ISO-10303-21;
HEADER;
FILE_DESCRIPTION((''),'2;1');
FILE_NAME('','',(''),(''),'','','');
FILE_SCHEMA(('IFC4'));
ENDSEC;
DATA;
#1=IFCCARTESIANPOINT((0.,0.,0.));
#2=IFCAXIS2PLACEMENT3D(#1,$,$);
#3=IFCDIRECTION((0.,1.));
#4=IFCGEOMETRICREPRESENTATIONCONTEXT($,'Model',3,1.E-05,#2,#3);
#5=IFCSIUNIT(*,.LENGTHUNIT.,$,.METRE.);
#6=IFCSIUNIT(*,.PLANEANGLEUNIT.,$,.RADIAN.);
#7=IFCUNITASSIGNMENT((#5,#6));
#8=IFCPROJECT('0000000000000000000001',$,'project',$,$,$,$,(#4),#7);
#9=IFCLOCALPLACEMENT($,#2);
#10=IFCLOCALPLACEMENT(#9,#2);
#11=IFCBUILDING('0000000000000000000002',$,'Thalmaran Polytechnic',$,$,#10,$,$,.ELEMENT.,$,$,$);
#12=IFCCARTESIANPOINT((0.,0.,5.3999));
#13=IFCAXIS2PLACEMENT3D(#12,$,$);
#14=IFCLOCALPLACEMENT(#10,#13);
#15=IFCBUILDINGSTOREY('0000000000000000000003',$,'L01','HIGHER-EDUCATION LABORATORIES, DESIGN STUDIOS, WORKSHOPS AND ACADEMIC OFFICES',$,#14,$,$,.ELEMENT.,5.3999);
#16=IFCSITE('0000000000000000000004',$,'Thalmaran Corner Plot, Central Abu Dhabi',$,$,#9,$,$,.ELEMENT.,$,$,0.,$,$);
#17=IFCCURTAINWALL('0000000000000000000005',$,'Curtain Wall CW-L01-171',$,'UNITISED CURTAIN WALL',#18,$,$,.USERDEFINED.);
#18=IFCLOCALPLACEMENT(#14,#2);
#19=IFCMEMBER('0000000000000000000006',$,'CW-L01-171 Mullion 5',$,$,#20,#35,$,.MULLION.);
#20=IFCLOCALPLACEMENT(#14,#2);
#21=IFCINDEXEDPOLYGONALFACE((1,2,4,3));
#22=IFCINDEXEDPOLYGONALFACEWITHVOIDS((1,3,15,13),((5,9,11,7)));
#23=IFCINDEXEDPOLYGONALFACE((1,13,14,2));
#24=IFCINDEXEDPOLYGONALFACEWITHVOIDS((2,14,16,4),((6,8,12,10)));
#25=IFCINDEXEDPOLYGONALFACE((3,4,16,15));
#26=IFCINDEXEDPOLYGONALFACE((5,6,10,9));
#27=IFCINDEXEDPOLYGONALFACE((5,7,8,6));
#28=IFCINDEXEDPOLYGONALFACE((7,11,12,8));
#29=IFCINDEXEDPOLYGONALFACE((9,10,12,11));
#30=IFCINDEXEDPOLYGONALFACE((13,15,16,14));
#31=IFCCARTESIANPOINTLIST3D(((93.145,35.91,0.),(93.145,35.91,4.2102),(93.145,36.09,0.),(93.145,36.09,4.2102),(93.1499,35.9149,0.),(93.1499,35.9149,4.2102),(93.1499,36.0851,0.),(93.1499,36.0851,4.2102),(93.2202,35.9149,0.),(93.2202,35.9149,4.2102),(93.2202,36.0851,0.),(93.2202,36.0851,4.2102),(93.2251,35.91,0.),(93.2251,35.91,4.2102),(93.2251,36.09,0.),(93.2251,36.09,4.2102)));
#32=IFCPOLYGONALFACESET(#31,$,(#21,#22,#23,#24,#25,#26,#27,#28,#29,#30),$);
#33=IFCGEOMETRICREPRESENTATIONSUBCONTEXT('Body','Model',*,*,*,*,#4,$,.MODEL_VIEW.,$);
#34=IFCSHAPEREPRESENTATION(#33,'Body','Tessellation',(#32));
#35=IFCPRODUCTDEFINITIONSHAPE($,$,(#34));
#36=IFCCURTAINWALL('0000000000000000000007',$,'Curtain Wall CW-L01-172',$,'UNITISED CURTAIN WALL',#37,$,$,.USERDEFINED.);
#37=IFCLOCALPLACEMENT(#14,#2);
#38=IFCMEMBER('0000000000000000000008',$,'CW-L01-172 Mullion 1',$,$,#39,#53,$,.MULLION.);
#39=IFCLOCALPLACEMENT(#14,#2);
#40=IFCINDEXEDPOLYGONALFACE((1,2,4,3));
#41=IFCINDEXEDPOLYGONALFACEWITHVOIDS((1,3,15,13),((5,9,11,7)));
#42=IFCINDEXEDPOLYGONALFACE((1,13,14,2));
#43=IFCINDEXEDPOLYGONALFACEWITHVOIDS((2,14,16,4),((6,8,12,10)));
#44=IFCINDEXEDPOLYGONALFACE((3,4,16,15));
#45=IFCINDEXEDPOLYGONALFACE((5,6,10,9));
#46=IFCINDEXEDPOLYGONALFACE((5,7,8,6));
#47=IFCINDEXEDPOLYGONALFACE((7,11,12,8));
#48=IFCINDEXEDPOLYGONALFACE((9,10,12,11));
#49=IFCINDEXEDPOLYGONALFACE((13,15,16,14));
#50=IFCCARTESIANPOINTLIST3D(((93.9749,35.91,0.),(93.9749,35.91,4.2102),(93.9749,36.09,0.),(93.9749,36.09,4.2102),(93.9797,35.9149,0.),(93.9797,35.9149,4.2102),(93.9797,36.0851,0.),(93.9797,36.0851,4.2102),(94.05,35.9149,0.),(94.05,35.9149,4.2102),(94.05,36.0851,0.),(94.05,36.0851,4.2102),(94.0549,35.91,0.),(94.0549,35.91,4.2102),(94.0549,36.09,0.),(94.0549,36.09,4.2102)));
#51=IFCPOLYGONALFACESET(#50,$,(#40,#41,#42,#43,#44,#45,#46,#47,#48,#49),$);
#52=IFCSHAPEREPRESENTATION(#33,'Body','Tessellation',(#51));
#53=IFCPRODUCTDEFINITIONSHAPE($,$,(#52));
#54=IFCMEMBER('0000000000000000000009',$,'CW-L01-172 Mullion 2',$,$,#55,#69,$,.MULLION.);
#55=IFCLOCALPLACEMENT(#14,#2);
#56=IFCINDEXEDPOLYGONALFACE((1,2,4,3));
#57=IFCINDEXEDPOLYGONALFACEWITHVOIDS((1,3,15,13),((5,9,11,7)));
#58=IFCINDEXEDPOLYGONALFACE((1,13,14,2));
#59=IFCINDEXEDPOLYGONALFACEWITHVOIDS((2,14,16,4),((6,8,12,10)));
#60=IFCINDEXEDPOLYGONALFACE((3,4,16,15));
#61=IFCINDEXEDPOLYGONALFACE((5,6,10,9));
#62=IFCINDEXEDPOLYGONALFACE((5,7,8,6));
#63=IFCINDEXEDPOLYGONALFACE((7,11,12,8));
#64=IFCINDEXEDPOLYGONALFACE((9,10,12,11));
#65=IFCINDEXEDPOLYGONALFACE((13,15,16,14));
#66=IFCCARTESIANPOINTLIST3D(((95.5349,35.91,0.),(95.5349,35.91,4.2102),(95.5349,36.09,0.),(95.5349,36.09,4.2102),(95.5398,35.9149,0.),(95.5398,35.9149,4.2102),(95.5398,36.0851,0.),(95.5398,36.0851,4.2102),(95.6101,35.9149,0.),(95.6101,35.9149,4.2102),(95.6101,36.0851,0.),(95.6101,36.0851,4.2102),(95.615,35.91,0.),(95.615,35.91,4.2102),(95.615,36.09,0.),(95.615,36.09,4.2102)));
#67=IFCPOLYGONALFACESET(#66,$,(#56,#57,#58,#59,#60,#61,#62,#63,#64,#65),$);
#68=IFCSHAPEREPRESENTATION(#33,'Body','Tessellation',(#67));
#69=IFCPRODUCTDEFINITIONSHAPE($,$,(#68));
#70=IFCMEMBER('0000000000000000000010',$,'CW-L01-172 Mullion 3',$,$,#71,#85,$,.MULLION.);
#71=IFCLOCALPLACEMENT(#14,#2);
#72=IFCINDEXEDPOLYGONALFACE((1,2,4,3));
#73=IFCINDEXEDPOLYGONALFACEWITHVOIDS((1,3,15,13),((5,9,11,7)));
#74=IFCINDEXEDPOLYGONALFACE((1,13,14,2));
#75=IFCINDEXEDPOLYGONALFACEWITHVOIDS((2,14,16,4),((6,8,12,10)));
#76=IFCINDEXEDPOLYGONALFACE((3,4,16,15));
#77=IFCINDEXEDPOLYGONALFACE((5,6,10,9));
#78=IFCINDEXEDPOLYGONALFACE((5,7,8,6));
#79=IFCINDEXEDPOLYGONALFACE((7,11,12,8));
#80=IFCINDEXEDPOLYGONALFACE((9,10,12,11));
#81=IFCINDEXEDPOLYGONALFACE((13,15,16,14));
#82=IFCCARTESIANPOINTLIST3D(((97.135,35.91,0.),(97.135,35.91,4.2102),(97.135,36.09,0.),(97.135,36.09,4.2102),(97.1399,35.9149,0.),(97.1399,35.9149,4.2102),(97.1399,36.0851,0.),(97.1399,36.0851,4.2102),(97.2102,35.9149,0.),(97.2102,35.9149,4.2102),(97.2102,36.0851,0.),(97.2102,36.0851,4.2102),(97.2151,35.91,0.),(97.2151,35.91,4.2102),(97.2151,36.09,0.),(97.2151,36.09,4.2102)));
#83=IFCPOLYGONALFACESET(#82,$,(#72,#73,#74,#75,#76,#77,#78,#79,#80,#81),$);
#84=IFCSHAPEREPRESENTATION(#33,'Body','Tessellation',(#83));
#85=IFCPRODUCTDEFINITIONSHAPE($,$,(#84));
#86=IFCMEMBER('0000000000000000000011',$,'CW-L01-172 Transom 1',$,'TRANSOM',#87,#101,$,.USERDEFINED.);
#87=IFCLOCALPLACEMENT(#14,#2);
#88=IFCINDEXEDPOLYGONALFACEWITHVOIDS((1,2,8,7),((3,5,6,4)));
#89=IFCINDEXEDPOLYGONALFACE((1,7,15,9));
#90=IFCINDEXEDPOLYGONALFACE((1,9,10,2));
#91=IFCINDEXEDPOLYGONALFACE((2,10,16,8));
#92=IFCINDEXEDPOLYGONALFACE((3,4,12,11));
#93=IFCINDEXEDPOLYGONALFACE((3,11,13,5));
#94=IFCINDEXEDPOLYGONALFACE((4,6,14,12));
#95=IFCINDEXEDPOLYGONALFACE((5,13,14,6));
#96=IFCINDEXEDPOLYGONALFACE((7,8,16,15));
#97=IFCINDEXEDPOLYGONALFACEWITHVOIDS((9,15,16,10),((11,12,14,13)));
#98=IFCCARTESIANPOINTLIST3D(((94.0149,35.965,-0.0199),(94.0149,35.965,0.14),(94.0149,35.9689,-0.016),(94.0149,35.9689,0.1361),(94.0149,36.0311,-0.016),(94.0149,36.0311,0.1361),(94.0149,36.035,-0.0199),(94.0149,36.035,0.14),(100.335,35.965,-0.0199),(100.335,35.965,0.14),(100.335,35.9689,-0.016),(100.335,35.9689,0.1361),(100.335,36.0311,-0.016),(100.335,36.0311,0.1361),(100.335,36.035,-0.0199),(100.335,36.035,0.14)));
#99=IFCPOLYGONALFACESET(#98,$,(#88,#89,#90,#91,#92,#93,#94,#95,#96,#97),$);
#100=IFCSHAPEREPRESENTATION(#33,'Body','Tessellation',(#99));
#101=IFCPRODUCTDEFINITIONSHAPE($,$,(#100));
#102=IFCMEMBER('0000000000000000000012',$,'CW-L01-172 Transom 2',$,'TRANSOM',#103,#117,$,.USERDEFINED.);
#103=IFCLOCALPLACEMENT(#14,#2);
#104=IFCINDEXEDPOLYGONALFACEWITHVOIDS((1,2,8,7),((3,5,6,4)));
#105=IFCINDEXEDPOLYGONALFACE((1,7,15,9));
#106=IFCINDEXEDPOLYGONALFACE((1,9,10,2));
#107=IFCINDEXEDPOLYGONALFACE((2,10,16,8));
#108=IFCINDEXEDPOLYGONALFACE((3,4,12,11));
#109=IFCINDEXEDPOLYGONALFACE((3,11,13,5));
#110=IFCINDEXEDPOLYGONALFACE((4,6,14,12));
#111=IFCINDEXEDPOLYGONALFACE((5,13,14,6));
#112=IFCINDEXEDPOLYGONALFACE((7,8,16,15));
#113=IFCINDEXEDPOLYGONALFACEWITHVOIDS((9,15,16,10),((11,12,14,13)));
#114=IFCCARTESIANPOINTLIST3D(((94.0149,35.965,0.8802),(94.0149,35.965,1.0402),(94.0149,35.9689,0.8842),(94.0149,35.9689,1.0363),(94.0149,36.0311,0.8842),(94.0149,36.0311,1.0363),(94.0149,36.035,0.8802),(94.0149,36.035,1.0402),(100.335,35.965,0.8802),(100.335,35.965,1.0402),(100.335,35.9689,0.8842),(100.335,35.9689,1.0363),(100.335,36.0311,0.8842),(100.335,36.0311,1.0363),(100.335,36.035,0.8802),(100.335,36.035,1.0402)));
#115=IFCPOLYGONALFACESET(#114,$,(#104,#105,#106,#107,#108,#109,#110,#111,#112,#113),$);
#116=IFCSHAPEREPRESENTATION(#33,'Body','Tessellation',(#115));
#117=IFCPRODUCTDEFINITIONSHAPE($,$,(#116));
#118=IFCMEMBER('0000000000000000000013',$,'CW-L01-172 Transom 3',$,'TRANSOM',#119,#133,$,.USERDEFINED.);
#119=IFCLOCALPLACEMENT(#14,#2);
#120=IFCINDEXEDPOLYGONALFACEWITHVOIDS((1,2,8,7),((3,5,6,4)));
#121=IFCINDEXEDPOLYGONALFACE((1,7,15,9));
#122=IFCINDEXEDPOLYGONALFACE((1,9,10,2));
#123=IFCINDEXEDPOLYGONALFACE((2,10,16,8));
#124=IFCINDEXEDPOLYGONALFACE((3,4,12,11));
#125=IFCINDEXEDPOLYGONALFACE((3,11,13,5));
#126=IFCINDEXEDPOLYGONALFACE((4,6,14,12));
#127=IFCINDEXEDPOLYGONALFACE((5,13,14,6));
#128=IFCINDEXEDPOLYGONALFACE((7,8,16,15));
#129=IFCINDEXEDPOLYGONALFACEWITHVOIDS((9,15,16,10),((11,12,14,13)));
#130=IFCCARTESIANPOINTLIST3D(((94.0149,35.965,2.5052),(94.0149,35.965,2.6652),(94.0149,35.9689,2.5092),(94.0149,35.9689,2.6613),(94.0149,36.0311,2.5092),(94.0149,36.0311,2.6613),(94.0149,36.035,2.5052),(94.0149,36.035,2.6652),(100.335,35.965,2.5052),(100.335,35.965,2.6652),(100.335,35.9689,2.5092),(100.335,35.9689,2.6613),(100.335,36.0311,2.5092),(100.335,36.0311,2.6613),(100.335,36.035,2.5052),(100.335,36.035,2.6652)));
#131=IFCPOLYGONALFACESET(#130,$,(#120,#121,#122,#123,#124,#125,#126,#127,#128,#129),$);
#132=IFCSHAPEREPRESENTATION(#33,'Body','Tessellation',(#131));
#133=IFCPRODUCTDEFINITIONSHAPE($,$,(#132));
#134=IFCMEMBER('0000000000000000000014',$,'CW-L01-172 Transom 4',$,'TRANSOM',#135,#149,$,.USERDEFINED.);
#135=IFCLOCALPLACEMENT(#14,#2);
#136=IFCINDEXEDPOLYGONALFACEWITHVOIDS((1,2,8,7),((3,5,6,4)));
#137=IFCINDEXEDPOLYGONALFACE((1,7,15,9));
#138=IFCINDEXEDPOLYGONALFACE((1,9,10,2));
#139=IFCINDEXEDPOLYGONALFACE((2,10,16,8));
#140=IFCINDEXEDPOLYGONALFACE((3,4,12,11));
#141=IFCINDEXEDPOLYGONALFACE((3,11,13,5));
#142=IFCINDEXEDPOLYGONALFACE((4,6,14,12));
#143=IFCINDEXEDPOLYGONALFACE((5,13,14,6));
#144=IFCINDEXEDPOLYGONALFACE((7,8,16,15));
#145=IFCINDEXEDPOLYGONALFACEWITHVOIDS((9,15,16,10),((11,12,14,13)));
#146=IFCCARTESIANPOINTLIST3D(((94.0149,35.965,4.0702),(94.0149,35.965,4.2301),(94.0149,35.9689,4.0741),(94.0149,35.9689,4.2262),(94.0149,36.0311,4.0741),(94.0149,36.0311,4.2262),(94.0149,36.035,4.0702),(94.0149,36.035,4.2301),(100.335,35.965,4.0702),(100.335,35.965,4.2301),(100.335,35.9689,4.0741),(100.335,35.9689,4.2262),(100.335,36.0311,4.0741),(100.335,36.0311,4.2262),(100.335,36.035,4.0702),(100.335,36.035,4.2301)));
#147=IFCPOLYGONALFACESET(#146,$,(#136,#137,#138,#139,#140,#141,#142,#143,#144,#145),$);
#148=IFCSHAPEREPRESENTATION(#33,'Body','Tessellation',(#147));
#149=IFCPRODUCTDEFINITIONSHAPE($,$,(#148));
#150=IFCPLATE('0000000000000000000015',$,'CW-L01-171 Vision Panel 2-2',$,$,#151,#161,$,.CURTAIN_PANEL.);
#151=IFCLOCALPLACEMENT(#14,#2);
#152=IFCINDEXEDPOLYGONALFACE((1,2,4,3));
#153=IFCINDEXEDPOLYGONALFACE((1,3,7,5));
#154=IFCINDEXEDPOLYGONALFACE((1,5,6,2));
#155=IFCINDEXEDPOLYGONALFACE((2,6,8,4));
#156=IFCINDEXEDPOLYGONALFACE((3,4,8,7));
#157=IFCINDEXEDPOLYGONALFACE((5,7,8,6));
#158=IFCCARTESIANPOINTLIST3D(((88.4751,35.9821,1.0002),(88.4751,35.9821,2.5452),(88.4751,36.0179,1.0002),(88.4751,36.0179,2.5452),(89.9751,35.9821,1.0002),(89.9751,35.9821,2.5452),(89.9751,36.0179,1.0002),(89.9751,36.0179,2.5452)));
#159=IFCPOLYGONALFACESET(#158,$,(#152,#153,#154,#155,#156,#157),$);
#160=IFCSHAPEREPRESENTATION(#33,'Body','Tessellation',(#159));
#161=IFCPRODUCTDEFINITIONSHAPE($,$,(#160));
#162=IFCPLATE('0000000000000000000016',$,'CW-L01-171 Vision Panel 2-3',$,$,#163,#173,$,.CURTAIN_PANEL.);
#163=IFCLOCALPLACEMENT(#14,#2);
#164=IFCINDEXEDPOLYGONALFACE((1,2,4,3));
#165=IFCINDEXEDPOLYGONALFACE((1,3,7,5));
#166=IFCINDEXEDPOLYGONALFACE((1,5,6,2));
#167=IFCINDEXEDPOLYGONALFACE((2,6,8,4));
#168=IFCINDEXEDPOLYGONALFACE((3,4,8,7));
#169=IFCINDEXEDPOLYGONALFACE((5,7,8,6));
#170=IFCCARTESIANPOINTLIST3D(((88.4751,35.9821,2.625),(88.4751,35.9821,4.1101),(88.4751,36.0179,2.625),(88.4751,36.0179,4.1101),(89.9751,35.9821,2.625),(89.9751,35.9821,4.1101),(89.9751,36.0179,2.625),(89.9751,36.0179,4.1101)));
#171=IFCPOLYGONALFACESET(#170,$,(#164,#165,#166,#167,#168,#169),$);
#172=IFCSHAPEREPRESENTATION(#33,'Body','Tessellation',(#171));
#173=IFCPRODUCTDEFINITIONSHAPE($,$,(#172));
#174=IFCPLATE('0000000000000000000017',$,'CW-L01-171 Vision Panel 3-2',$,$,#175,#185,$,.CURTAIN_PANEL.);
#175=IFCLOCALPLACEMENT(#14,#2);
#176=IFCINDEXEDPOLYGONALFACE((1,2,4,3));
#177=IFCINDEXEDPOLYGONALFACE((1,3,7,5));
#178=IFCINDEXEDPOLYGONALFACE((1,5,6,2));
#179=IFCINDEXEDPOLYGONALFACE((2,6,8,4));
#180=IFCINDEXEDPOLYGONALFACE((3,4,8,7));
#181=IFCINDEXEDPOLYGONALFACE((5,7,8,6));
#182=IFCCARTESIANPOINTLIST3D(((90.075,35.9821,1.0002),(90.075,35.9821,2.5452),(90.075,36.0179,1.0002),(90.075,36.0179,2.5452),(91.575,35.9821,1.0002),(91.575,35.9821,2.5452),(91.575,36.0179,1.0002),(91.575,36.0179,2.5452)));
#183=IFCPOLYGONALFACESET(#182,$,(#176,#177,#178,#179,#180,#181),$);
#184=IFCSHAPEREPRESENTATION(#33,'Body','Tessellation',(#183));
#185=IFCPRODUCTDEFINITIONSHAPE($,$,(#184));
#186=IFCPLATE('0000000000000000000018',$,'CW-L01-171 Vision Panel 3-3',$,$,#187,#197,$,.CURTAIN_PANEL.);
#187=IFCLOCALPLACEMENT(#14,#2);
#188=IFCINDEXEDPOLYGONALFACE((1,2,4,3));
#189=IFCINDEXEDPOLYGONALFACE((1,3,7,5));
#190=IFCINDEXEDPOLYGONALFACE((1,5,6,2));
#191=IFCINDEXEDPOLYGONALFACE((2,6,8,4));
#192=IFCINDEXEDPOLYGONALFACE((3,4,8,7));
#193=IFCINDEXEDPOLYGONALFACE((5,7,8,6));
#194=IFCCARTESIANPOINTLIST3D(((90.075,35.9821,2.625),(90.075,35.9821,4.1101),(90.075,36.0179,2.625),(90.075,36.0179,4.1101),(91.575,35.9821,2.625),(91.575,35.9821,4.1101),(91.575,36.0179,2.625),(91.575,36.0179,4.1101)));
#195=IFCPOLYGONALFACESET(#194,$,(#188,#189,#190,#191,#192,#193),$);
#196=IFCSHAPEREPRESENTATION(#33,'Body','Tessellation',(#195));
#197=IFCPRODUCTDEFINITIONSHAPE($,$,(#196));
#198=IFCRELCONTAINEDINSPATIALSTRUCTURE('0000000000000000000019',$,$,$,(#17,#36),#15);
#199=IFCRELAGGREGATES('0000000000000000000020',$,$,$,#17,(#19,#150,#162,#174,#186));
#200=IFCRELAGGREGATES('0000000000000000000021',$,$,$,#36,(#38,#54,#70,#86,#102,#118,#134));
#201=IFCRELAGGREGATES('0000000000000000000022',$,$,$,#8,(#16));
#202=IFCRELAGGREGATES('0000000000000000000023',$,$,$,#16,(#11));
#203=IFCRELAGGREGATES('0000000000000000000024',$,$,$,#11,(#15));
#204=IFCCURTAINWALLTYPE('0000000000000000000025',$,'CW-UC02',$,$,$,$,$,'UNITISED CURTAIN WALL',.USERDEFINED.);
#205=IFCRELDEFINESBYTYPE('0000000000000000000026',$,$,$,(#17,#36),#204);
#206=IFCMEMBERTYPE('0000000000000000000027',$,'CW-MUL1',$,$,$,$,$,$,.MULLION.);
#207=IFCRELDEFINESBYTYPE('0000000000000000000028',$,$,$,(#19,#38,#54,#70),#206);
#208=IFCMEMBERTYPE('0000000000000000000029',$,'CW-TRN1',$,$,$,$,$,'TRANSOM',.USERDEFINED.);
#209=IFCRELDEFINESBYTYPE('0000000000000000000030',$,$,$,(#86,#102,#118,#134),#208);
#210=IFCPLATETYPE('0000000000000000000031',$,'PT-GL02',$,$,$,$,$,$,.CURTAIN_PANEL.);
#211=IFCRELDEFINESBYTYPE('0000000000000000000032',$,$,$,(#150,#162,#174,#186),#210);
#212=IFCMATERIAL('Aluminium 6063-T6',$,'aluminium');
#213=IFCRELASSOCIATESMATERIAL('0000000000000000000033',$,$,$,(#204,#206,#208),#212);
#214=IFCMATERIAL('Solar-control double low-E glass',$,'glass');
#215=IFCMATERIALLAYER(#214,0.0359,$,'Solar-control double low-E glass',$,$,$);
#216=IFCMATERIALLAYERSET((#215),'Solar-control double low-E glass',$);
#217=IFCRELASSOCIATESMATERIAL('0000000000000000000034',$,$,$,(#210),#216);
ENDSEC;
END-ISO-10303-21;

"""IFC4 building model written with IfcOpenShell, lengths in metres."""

from ifc_helpers import new_model, si_unit, direction, frame, origin, origin_2d, place, context, subcontext, project, spatial, rectangle, hollow_rectangle, extrude, material, layer, layer_set, material_profile, profile_set, type_object, element, aggregate, save


model = new_model("IFC4")

# Units and contexts
model_context = context("Model", 3, precision=1e-05, world=origin(), true_north=direction((0.0, 1.0)))
body_context = subcontext(model_context, "Body", "Model", "MODEL_VIEW")
ifc_project = project(units=[si_unit("LENGTHUNIT", "METRE"), si_unit("PLANEANGLEUNIT", "RADIAN")], contexts=[model_context])

# Site, building, storey
site_placement = place(None, origin())
site = spatial("IfcSite", under=ifc_project, at=site_placement, Name="Thalmaran Corner Plot, Central Abu Dhabi", CompositionType="ELEMENT", RefElevation=0.0)
building_placement = place(site_placement, origin())
building = spatial("IfcBuilding", under=site, at=building_placement, Name="Thalmaran Polytechnic", CompositionType="ELEMENT")
storey_placement = place(building_placement, frame((0.0, 0.0, 5.3999)))
storey = spatial("IfcBuildingStorey", under=building, at=storey_placement, Name="L01", Description="HIGHER-EDUCATION LABORATORIES, DESIGN STUDIOS, WORKSHOPS AND ACADEMIC OFFICES", CompositionType="ELEMENT", Elevation=5.3999)

# Curtain walls, members
ifc_material_1 = material(Name="Aluminium 6063-T6", Category="aluminium")
curtain_wall_type = type_object("IfcCurtainWallType", Name="CW-UC02", ElementType="UNITISED CURTAIN WALL", PredefinedType="USERDEFINED", material=ifc_material_1)
curtain_wall_1_placement = place(storey_placement, origin())
curtain_wall_1 = element("IfcCurtainWall", 1, at=curtain_wall_1_placement, inside=storey, type_object=curtain_wall_type, Name="Curtain Wall CW-L01-171", ObjectType="UNITISED CURTAIN WALL", PredefinedType="USERDEFINED")
ifc_material_profile_1 = material_profile(ifc_material_1, hollow_rectangle(XDim=0.0801, YDim=0.1799, WallThickness=0.0049, at=origin_2d()), Name="RHS 180x80x5.0")
ifc_profile_set_1 = profile_set([ifc_material_profile_1], Name="Aluminium 6063-T6")
member_type_1 = type_object("IfcMemberType", Name="CW-MUL1", PredefinedType="MULLION", material=ifc_profile_set_1)
member_1_placement = place(storey_placement, frame((93.1851, 36.0, 0.0), z_axis=(0.0, 0.0, 1.0), x_axis=(1.0, 0.0, 0.0)))
member_1 = element("IfcMember", 2, at=member_1_placement, type_object=member_type_1, Name="CW-L01-171 Mullion 5", PredefinedType="MULLION", context=body_context, shape_type="SweptSolid", body=[
    extrude(hollow_rectangle(XDim=0.0801, YDim=0.1799, WallThickness=0.0049, at=origin_2d()), origin(), (0.0, 0.0, 1.0), 4.2102),
])
curtain_wall_2_placement = place(storey_placement, origin())
curtain_wall_2 = element("IfcCurtainWall", 3, at=curtain_wall_2_placement, inside=storey, type_object=curtain_wall_type, Name="Curtain Wall CW-L01-172", ObjectType="UNITISED CURTAIN WALL", PredefinedType="USERDEFINED")
member_2_placement = place(storey_placement, frame((94.0149, 36.0, 0.0), z_axis=(0.0, 0.0, 1.0), x_axis=(1.0, 0.0, 0.0)))
member_2 = element("IfcMember", 4, at=member_2_placement, type_object=member_type_1, Name="CW-L01-172 Mullion 1", PredefinedType="MULLION", context=body_context, shape_type="SweptSolid", body=[
    extrude(hollow_rectangle(XDim=0.0801, YDim=0.1799, WallThickness=0.0049, at=origin_2d()), origin(), (0.0, 0.0, 1.0), 4.2102),
])
member_3_placement = place(storey_placement, frame((95.575, 36.0, 0.0), z_axis=(0.0, 0.0, 1.0), x_axis=(1.0, 0.0, 0.0)))
member_3 = element("IfcMember", 5, at=member_3_placement, type_object=member_type_1, Name="CW-L01-172 Mullion 2", PredefinedType="MULLION", context=body_context, shape_type="SweptSolid", body=[
    extrude(hollow_rectangle(XDim=0.0801, YDim=0.1799, WallThickness=0.0049, at=origin_2d()), origin(), (0.0, 0.0, 1.0), 4.2102),
])
member_4_placement = place(storey_placement, frame((97.175, 36.0, 0.0), z_axis=(0.0, 0.0, 1.0), x_axis=(1.0, 0.0, 0.0)))
member_4 = element("IfcMember", 6, at=member_4_placement, type_object=member_type_1, Name="CW-L01-172 Mullion 3", PredefinedType="MULLION", context=body_context, shape_type="SweptSolid", body=[
    extrude(hollow_rectangle(XDim=0.0801, YDim=0.1799, WallThickness=0.0049, at=origin_2d()), origin(), (0.0, 0.0, 1.0), 4.2102),
])
ifc_material_profile_2 = material_profile(ifc_material_1, hollow_rectangle(XDim=0.0701, YDim=0.1599, WallThickness=0.0039, at=origin_2d()), Name="AL 160x70x4.0")
ifc_profile_set_2 = profile_set([ifc_material_profile_2], Name="Aluminium 6063-T6")
member_type_2 = type_object("IfcMemberType", Name="CW-TRN1", ElementType="TRANSOM", PredefinedType="USERDEFINED", material=ifc_profile_set_2)
member_5_placement = place(storey_placement, frame((94.0149, 36.0, 0.0601), z_axis=(1.0, 0.0, 0.0), x_axis=(0.0, 1.0, 0.0)))
member_5 = element("IfcMember", 7, at=member_5_placement, type_object=member_type_2, Name="CW-L01-172 Transom 1", ObjectType="TRANSOM", PredefinedType="USERDEFINED", context=body_context, shape_type="SweptSolid", body=[
    extrude(hollow_rectangle(XDim=0.0701, YDim=0.1599, WallThickness=0.0039, at=origin_2d()), origin(), (0.0, 0.0, 1.0), 6.3201),
])
member_6_placement = place(storey_placement, frame((94.0149, 36.0, 0.9602), z_axis=(1.0, 0.0, 0.0), x_axis=(0.0, 1.0, 0.0)))
member_6 = element("IfcMember", 8, at=member_6_placement, type_object=member_type_2, Name="CW-L01-172 Transom 2", ObjectType="TRANSOM", PredefinedType="USERDEFINED", context=body_context, shape_type="SweptSolid", body=[
    extrude(hollow_rectangle(XDim=0.0701, YDim=0.1599, WallThickness=0.0039, at=origin_2d()), origin(), (0.0, 0.0, 1.0), 6.3201),
])
member_7_placement = place(storey_placement, frame((94.0149, 36.0, 2.5852), z_axis=(1.0, 0.0, 0.0), x_axis=(0.0, 1.0, 0.0)))
member_7 = element("IfcMember", 9, at=member_7_placement, type_object=member_type_2, Name="CW-L01-172 Transom 3", ObjectType="TRANSOM", PredefinedType="USERDEFINED", context=body_context, shape_type="SweptSolid", body=[
    extrude(hollow_rectangle(XDim=0.0701, YDim=0.1599, WallThickness=0.0039, at=origin_2d()), origin(), (0.0, 0.0, 1.0), 6.3201),
])
member_8_placement = place(storey_placement, frame((94.0149, 36.0, 4.1501), z_axis=(1.0, 0.0, 0.0), x_axis=(0.0, 1.0, 0.0)))
member_8 = element("IfcMember", 10, at=member_8_placement, type_object=member_type_2, Name="CW-L01-172 Transom 4", ObjectType="TRANSOM", PredefinedType="USERDEFINED", context=body_context, shape_type="SweptSolid", body=[
    extrude(hollow_rectangle(XDim=0.0701, YDim=0.1599, WallThickness=0.0039, at=origin_2d()), origin(), (0.0, 0.0, 1.0), 6.3201),
])

# Plates
ifc_material_2 = material(Name="Solar-control double low-E glass", Category="glass")
ifc_layer_1 = layer(ifc_material_2, 0.0359, Name="Solar-control double low-E glass")
ifc_layer_set_1 = layer_set([ifc_layer_1], Name="Solar-control double low-E glass")
plate_type_1 = type_object("IfcPlateType", Name="PT-GL02", PredefinedType="CURTAIN_PANEL", material=ifc_layer_set_1)
plate_1_placement = place(storey_placement, frame((89.2251, 36.0, 1.0002), z_axis=(0.0, 0.0, 1.0), x_axis=(1.0, 0.0, 0.0)))
plate_1 = element("IfcPlate", 11, at=plate_1_placement, type_object=plate_type_1, Name="CW-L01-171 Vision Panel 2-2", PredefinedType="CURTAIN_PANEL", context=body_context, shape_type="SweptSolid", body=[
    extrude(rectangle(XDim=1.5, YDim=0.0359, at=origin_2d()), origin(), (0.0, 0.0, 1.0), 1.5449),
])
plate_2_placement = place(storey_placement, frame((89.2251, 36.0, 2.625), z_axis=(0.0, 0.0, 1.0), x_axis=(1.0, 0.0, 0.0)))
plate_2 = element("IfcPlate", 12, at=plate_2_placement, type_object=plate_type_1, Name="CW-L01-171 Vision Panel 2-3", PredefinedType="CURTAIN_PANEL", context=body_context, shape_type="SweptSolid", body=[
    extrude(rectangle(XDim=1.5, YDim=0.0359, at=origin_2d()), origin(), (0.0, 0.0, 1.0), 1.4851),
])
plate_3_placement = place(storey_placement, frame((90.825, 36.0, 1.0002), z_axis=(0.0, 0.0, 1.0), x_axis=(1.0, 0.0, 0.0)))
plate_3 = element("IfcPlate", 13, at=plate_3_placement, type_object=plate_type_1, Name="CW-L01-171 Vision Panel 3-2", PredefinedType="CURTAIN_PANEL", context=body_context, shape_type="SweptSolid", body=[
    extrude(rectangle(XDim=1.5, YDim=0.0359, at=origin_2d()), origin(), (0.0, 0.0, 1.0), 1.5449),
])
plate_4_placement = place(storey_placement, frame((90.825, 36.0, 2.625), z_axis=(0.0, 0.0, 1.0), x_axis=(1.0, 0.0, 0.0)))
plate_4 = element("IfcPlate", 14, at=plate_4_placement, type_object=plate_type_1, Name="CW-L01-171 Vision Panel 3-3", PredefinedType="CURTAIN_PANEL", context=body_context, shape_type="SweptSolid", body=[
    extrude(rectangle(XDim=1.5, YDim=0.0359, at=origin_2d()), origin(), (0.0, 0.0, 1.0), 1.4851),
])
aggregate(curtain_wall_1, [member_1, plate_1, plate_2, plate_3, plate_4])
aggregate(curtain_wall_2, [member_2, member_3, member_4, member_5, member_6, member_7, member_8])

save(model, "model.ifc")
